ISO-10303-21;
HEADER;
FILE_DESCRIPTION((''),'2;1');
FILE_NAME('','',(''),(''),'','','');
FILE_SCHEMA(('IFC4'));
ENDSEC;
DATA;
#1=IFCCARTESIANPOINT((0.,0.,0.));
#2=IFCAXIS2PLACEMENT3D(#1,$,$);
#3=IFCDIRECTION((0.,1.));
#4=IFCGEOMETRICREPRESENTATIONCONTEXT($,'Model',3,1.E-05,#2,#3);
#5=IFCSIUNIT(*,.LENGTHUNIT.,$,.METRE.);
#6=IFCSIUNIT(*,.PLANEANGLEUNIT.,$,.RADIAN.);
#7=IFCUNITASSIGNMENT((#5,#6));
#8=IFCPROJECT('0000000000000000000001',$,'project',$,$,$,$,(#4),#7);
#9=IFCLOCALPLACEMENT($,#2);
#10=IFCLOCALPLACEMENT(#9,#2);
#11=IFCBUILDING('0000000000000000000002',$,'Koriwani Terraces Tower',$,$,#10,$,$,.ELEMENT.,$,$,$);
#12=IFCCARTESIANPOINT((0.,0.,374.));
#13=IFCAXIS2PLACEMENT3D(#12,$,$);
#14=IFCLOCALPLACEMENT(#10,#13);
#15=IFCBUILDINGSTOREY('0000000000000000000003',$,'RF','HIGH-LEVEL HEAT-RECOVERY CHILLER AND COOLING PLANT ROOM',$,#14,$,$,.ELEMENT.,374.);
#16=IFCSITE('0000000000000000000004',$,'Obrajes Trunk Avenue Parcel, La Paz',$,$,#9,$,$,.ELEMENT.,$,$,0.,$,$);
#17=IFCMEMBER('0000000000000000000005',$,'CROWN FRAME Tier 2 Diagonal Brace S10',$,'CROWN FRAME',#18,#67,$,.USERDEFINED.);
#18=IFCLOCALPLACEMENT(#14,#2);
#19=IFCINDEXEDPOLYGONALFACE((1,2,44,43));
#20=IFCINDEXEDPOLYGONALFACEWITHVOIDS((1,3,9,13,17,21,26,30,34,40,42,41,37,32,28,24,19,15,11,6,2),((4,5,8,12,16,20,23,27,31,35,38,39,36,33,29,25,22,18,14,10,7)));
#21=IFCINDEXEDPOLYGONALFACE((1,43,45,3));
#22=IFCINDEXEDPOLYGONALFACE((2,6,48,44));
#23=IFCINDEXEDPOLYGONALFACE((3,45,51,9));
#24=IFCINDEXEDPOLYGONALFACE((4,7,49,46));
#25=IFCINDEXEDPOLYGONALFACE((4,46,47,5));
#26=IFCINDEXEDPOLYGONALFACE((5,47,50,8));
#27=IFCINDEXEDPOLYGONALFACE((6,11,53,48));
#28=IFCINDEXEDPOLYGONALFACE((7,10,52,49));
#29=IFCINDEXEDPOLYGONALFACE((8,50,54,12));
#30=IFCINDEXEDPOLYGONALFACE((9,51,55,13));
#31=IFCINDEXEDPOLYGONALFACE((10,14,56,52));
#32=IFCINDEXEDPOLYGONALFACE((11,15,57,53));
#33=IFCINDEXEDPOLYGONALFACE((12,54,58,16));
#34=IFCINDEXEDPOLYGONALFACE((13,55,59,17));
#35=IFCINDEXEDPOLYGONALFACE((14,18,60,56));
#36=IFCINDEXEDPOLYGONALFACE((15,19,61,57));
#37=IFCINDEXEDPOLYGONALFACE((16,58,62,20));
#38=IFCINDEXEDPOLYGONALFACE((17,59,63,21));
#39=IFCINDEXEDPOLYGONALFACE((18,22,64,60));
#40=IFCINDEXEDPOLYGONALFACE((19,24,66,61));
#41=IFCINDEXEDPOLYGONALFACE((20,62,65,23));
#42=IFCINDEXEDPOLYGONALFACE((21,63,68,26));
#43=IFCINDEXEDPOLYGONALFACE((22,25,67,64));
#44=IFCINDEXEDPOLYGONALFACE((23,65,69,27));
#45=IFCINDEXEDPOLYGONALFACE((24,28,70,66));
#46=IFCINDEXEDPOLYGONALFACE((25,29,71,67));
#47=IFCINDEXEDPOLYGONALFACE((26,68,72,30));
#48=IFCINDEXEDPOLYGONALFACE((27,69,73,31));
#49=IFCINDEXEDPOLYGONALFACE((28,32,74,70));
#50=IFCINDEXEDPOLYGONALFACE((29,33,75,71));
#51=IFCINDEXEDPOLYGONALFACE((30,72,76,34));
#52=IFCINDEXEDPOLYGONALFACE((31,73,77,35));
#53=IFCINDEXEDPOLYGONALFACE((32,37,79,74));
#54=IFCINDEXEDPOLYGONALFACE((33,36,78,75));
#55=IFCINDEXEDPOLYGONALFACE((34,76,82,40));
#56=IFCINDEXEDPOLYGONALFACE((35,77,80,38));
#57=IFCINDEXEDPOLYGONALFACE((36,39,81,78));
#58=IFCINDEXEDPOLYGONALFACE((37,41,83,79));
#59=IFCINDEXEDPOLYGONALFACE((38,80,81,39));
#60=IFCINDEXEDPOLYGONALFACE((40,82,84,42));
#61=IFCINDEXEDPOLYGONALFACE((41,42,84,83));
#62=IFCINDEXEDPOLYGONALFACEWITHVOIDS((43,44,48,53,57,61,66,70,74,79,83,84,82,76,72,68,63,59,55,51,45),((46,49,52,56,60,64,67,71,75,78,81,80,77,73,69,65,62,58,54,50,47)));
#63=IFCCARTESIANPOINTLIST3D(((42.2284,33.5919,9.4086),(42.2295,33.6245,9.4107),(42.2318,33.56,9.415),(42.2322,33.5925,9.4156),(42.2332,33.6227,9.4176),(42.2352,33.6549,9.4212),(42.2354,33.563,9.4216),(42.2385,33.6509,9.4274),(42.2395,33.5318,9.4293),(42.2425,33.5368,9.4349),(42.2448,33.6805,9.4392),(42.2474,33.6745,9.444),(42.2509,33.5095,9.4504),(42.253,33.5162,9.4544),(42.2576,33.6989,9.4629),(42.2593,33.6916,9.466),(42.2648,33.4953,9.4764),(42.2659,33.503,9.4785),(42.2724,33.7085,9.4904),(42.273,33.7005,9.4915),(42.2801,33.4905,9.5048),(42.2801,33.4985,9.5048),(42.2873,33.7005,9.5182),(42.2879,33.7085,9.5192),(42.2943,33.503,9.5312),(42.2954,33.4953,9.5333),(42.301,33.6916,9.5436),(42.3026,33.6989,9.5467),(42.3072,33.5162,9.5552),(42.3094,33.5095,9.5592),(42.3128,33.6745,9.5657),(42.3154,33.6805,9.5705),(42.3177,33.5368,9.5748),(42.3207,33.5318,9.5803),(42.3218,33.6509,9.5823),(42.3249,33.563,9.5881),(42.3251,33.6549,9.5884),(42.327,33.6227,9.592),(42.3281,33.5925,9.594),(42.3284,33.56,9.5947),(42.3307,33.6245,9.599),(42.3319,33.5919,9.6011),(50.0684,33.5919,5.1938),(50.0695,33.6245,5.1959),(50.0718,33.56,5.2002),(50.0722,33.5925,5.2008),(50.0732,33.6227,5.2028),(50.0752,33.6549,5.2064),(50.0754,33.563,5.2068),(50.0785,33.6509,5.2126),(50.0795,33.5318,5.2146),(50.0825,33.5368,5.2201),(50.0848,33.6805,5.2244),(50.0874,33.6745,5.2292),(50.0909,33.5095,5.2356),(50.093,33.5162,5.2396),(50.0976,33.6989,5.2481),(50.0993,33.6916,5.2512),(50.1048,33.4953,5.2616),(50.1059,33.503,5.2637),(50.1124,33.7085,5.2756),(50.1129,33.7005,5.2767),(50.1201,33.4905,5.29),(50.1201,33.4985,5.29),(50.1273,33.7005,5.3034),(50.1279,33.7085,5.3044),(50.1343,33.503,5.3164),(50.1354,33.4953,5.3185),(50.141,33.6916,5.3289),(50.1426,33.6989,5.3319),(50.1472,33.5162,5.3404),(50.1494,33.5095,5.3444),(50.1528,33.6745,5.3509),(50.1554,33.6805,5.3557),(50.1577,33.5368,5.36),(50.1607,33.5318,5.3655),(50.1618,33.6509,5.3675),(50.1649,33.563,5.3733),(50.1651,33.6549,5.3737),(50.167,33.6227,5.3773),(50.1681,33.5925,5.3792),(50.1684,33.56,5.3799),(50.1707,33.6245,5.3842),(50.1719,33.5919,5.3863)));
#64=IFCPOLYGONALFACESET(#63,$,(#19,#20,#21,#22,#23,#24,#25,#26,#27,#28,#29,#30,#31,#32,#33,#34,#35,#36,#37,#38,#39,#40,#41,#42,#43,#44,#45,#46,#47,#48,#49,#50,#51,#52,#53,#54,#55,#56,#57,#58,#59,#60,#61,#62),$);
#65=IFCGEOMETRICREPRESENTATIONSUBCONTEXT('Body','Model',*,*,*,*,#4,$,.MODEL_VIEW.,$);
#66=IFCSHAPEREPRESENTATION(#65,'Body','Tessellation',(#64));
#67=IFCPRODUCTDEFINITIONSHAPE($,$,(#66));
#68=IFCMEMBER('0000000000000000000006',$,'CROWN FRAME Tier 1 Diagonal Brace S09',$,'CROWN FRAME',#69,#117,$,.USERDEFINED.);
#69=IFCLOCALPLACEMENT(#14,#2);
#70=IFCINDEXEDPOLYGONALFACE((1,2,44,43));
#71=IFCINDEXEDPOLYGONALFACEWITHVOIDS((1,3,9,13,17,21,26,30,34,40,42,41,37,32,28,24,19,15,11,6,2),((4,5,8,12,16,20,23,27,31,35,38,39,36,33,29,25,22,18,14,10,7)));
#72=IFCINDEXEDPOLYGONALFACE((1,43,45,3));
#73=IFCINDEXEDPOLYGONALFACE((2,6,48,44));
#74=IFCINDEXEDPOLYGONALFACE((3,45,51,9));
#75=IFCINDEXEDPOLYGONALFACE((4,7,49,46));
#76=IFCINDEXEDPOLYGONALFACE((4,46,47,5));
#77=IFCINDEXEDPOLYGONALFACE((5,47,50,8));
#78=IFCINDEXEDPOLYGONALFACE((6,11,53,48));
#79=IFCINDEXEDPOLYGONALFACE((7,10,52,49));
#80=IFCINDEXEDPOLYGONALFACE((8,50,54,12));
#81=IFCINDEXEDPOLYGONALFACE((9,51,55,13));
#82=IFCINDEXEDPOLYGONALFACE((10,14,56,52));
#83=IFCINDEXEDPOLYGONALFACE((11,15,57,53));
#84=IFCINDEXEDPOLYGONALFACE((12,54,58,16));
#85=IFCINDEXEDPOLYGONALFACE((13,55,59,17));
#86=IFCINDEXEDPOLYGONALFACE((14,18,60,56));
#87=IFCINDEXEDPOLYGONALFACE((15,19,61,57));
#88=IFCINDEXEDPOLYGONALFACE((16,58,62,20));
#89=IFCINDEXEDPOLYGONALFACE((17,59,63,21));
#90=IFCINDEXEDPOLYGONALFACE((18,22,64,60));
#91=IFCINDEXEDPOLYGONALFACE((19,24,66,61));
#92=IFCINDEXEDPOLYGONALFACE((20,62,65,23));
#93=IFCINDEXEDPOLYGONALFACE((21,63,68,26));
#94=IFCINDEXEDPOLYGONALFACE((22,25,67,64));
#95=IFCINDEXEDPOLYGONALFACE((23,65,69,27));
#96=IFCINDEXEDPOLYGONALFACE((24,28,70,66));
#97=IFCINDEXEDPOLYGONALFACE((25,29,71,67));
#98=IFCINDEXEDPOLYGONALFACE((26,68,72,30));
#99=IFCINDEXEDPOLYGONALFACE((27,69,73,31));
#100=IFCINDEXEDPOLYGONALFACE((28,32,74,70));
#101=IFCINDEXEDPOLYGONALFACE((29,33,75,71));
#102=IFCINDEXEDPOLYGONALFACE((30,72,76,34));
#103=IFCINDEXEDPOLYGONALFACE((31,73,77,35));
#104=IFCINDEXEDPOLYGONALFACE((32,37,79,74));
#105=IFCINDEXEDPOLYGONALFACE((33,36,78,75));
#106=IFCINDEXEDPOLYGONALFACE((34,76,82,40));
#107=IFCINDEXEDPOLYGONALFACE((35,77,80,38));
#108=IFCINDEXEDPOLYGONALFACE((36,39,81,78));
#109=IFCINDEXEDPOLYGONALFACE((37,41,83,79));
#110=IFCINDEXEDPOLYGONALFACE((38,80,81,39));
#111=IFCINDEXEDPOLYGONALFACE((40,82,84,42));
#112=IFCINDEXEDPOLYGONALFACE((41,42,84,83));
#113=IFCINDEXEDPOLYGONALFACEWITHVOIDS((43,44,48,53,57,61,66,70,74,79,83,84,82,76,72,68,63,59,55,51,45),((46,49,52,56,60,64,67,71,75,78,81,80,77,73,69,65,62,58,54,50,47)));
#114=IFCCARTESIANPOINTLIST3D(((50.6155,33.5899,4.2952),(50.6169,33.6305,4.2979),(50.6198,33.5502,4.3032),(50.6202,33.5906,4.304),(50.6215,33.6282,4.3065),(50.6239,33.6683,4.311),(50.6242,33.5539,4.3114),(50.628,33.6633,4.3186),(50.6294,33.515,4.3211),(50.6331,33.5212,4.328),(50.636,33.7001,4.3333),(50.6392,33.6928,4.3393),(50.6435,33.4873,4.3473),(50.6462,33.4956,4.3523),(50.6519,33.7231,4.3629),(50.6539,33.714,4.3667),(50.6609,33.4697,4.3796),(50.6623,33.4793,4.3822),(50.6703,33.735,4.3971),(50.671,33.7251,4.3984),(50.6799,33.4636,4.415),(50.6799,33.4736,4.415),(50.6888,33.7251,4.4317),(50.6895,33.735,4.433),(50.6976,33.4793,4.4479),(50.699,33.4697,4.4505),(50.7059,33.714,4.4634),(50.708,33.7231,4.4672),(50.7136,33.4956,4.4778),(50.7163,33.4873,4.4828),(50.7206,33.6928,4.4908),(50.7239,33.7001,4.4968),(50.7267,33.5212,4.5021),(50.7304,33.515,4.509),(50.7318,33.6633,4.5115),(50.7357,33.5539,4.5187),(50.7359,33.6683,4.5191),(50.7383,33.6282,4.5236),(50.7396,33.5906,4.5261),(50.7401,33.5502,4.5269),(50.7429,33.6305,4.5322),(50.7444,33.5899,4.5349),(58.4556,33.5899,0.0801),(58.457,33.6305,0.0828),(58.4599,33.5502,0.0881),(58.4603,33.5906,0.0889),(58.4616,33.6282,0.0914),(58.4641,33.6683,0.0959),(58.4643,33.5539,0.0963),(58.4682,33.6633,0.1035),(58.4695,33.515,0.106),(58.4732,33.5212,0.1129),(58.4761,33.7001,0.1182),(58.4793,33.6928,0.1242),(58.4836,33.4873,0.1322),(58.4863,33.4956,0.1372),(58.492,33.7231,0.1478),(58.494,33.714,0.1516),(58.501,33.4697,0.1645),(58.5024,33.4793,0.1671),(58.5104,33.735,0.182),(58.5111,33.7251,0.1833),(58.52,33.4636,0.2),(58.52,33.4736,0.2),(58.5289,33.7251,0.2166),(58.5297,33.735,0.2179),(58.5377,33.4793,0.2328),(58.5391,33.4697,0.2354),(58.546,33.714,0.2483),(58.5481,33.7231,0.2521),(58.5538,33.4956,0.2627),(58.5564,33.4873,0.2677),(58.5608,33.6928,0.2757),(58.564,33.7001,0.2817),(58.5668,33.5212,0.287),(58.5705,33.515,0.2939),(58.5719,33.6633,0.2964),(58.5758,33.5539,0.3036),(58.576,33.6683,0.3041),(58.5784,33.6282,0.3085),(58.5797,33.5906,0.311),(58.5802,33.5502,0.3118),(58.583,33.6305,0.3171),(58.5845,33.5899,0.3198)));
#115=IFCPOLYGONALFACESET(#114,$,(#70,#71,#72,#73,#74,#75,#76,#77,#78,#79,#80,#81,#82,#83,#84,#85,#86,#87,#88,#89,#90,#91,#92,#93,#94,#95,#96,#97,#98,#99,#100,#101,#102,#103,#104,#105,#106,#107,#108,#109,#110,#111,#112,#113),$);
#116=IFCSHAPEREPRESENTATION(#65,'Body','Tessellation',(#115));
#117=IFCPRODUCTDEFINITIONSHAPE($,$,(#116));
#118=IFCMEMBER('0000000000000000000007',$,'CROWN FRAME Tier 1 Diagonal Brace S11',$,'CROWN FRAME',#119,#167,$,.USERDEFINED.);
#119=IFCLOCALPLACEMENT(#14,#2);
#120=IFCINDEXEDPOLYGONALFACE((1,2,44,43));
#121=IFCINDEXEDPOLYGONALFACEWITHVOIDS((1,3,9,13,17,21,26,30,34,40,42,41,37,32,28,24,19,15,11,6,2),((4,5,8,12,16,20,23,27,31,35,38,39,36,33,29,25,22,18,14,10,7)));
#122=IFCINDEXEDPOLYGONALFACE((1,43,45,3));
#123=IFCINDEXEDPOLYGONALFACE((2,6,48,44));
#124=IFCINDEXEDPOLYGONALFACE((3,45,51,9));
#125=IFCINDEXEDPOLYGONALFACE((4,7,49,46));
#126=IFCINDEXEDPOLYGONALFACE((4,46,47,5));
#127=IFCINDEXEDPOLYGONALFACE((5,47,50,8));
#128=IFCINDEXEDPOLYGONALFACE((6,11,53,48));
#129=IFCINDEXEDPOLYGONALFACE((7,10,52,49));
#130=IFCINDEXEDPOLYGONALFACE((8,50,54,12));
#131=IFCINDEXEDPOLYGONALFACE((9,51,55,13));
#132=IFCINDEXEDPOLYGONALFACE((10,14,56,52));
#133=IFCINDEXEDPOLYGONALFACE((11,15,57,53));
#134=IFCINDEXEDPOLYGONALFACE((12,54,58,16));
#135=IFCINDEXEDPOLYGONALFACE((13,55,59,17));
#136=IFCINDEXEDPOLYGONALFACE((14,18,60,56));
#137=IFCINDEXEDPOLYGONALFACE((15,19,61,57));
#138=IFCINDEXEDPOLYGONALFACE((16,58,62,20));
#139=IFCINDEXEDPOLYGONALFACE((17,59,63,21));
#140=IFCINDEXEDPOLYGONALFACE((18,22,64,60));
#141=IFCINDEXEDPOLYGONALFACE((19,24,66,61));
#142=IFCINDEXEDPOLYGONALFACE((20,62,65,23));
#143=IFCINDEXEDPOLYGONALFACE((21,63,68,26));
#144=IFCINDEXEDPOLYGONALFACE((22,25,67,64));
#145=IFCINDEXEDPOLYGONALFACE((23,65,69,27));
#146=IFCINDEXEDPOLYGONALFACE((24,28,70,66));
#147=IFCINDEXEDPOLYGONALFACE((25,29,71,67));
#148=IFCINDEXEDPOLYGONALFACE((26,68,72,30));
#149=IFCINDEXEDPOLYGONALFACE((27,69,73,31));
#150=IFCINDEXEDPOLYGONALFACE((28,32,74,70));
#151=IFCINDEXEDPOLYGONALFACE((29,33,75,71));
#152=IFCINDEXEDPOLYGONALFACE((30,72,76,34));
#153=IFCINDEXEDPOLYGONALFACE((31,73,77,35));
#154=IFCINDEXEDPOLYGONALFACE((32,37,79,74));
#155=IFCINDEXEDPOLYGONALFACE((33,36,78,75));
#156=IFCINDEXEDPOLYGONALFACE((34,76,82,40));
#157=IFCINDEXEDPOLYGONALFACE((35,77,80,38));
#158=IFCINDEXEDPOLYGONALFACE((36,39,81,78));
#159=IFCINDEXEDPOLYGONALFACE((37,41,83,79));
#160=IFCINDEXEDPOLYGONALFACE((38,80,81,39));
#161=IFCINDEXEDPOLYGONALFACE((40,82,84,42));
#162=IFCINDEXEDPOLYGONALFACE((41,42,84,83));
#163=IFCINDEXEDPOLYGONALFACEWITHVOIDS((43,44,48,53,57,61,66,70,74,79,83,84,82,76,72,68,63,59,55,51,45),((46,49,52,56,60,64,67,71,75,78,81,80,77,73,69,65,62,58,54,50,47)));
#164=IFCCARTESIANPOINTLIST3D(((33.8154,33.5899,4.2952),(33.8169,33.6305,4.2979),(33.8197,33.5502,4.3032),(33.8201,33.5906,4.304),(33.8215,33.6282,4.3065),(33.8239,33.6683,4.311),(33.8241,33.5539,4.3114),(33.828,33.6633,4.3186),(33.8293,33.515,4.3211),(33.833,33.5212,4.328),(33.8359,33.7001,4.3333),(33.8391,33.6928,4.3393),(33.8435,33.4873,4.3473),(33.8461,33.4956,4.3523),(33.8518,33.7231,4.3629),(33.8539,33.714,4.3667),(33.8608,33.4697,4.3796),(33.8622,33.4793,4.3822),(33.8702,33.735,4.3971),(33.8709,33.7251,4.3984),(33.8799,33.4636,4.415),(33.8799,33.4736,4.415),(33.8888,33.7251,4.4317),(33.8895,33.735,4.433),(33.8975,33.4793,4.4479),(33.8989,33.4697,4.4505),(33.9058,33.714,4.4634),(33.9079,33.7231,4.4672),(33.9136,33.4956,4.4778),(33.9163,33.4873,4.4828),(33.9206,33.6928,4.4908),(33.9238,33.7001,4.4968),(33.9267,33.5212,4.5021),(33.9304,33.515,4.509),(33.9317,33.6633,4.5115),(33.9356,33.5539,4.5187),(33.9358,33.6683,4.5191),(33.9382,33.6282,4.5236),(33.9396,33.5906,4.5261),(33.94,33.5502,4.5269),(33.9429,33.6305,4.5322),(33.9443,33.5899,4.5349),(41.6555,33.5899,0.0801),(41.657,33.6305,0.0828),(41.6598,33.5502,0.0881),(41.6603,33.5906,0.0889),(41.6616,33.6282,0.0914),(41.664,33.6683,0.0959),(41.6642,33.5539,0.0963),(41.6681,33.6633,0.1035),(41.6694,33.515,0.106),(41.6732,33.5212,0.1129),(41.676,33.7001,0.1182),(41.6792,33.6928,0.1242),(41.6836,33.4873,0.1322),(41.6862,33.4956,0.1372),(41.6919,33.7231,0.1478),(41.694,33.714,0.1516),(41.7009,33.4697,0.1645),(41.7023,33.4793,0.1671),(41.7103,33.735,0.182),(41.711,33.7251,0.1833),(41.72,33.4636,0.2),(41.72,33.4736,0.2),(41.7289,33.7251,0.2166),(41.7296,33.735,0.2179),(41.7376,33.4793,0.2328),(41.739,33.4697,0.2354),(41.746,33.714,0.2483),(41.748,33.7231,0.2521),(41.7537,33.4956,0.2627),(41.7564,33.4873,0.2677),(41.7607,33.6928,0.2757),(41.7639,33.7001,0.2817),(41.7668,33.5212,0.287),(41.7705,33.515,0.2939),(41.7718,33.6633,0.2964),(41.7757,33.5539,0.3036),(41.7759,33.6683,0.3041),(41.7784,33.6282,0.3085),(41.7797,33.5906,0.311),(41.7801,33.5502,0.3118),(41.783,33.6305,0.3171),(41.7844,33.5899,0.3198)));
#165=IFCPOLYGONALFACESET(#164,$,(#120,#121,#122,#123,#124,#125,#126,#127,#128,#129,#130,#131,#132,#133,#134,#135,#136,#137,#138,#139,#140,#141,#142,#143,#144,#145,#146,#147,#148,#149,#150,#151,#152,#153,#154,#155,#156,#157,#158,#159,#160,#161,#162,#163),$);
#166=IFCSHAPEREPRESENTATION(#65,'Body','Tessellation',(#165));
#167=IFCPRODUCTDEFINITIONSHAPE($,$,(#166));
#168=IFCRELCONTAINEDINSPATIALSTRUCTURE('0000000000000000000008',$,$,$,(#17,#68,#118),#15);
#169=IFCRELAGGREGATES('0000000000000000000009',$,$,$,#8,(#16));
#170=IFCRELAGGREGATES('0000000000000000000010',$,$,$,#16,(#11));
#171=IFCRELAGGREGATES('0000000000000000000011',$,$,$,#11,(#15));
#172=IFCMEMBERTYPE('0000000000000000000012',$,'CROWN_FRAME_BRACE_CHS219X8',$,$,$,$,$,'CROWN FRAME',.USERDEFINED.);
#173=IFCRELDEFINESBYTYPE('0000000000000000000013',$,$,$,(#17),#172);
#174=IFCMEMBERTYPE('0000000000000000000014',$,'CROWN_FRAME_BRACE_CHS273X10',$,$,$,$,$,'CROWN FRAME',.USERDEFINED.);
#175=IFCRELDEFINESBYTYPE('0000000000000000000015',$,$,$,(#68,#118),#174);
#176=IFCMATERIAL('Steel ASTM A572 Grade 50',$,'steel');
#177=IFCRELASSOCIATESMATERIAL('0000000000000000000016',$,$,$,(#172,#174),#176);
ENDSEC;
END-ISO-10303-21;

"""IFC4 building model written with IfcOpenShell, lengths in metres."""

from ifc_helpers import new_model, si_unit, direction, frame, origin, origin_2d, place, context, subcontext, project, spatial, hollow_circle, extrude, material, material_profile, profile_set, type_object, element, save


model = new_model("IFC4")

# Units and contexts
model_context = context("Model", 3, precision=1e-05, world=origin(), true_north=direction((0.0, 1.0)))
body_context = subcontext(model_context, "Body", "Model", "MODEL_VIEW")
ifc_project = project(units=[si_unit("LENGTHUNIT", "METRE"), si_unit("PLANEANGLEUNIT", "RADIAN")], contexts=[model_context])

# Site, building, storey
site_placement = place(None, origin())
site = spatial("IfcSite", under=ifc_project, at=site_placement, Name="Obrajes Trunk Avenue Parcel, La Paz", CompositionType="ELEMENT", RefElevation=0.0)
building_placement = place(site_placement, origin())
building = spatial("IfcBuilding", under=site, at=building_placement, Name="Koriwani Terraces Tower", CompositionType="ELEMENT")
storey_placement = place(building_placement, frame((0.0, 0.0, 374.0)))
storey = spatial("IfcBuildingStorey", under=building, at=storey_placement, Name="RF", Description="HIGH-LEVEL HEAT-RECOVERY CHILLER AND COOLING PLANT ROOM", CompositionType="ELEMENT", Elevation=374.0)

# Shared definitions
ifc_material_1 = material(Name="Steel ASTM A572 Grade 50", Category="steel")

# Members
ifc_material_profile_1 = material_profile(ifc_material_1, hollow_circle(Radius=0.1096, WallThickness=0.0081, at=origin_2d()), Name="Steel ASTM A572 Grade 50", Category="LoadBearing")
ifc_profile_set_1 = profile_set([ifc_material_profile_1], Name="Steel ASTM A572 Grade 50")
member_type_1 = type_object("IfcMemberType", Name="CROWN_FRAME_BRACE_CHS219X8", ElementType="CROWN FRAME", PredefinedType="USERDEFINED", material=ifc_profile_set_1)
member_placement = place(storey_placement, frame((50.1201, 33.6001, 5.29), z_axis=(-0.880787, 0.0, 0.473513), x_axis=(0.0, -1.0, 0.0)))
element("IfcMember", 1, at=member_placement, inside=storey, type_object=member_type_1, Name="CROWN FRAME Tier 2 Diagonal Brace S10", ObjectType="CROWN FRAME", PredefinedType="USERDEFINED", context=body_context, shape_type="SweptSolid", body=[
    extrude(hollow_circle(Radius=0.1096, WallThickness=0.0081, at=origin_2d()), origin(), (0.0, 0.0, 1.0), 8.9011),
])
ifc_material_profile_2 = material_profile(ifc_material_1, hollow_circle(Radius=0.1365, WallThickness=0.01, at=origin_2d()), Name="Steel ASTM A572 Grade 50", Category="LoadBearing")
ifc_profile_set_2 = profile_set([ifc_material_profile_2], Name="Steel ASTM A572 Grade 50")
member_type_2 = type_object("IfcMemberType", Name="CROWN_FRAME_BRACE_CHS273X10", ElementType="CROWN FRAME", PredefinedType="USERDEFINED", material=ifc_profile_set_2)
for number, where, z_axis, x_axis, name in (
    (2, (58.52, 33.6001, 0.2), (-0.880776, 0.0, 0.473534), (0.0, -1.0, 0.0), "CROWN FRAME Tier 1 Diagonal Brace S09"),
    (3, (41.72, 33.6001, 0.2), (-0.880776, 0.0, 0.473534), (0.0, -1.0, 0.0), "CROWN FRAME Tier 1 Diagonal Brace S11"),
):
    element("IfcMember", number, at=place(storey_placement, frame(where, z_axis=z_axis, x_axis=x_axis)), inside=storey, type_object=member_type_2, Name=name, ObjectType="CROWN FRAME", PredefinedType="USERDEFINED", context=body_context, shape_type="SweptSolid", body=[
        extrude(hollow_circle(Radius=0.1365, WallThickness=0.01, at=origin_2d()), origin(), (0.0, 0.0, 1.0), 8.9014),
    ])

save(model, "model.ifc")
